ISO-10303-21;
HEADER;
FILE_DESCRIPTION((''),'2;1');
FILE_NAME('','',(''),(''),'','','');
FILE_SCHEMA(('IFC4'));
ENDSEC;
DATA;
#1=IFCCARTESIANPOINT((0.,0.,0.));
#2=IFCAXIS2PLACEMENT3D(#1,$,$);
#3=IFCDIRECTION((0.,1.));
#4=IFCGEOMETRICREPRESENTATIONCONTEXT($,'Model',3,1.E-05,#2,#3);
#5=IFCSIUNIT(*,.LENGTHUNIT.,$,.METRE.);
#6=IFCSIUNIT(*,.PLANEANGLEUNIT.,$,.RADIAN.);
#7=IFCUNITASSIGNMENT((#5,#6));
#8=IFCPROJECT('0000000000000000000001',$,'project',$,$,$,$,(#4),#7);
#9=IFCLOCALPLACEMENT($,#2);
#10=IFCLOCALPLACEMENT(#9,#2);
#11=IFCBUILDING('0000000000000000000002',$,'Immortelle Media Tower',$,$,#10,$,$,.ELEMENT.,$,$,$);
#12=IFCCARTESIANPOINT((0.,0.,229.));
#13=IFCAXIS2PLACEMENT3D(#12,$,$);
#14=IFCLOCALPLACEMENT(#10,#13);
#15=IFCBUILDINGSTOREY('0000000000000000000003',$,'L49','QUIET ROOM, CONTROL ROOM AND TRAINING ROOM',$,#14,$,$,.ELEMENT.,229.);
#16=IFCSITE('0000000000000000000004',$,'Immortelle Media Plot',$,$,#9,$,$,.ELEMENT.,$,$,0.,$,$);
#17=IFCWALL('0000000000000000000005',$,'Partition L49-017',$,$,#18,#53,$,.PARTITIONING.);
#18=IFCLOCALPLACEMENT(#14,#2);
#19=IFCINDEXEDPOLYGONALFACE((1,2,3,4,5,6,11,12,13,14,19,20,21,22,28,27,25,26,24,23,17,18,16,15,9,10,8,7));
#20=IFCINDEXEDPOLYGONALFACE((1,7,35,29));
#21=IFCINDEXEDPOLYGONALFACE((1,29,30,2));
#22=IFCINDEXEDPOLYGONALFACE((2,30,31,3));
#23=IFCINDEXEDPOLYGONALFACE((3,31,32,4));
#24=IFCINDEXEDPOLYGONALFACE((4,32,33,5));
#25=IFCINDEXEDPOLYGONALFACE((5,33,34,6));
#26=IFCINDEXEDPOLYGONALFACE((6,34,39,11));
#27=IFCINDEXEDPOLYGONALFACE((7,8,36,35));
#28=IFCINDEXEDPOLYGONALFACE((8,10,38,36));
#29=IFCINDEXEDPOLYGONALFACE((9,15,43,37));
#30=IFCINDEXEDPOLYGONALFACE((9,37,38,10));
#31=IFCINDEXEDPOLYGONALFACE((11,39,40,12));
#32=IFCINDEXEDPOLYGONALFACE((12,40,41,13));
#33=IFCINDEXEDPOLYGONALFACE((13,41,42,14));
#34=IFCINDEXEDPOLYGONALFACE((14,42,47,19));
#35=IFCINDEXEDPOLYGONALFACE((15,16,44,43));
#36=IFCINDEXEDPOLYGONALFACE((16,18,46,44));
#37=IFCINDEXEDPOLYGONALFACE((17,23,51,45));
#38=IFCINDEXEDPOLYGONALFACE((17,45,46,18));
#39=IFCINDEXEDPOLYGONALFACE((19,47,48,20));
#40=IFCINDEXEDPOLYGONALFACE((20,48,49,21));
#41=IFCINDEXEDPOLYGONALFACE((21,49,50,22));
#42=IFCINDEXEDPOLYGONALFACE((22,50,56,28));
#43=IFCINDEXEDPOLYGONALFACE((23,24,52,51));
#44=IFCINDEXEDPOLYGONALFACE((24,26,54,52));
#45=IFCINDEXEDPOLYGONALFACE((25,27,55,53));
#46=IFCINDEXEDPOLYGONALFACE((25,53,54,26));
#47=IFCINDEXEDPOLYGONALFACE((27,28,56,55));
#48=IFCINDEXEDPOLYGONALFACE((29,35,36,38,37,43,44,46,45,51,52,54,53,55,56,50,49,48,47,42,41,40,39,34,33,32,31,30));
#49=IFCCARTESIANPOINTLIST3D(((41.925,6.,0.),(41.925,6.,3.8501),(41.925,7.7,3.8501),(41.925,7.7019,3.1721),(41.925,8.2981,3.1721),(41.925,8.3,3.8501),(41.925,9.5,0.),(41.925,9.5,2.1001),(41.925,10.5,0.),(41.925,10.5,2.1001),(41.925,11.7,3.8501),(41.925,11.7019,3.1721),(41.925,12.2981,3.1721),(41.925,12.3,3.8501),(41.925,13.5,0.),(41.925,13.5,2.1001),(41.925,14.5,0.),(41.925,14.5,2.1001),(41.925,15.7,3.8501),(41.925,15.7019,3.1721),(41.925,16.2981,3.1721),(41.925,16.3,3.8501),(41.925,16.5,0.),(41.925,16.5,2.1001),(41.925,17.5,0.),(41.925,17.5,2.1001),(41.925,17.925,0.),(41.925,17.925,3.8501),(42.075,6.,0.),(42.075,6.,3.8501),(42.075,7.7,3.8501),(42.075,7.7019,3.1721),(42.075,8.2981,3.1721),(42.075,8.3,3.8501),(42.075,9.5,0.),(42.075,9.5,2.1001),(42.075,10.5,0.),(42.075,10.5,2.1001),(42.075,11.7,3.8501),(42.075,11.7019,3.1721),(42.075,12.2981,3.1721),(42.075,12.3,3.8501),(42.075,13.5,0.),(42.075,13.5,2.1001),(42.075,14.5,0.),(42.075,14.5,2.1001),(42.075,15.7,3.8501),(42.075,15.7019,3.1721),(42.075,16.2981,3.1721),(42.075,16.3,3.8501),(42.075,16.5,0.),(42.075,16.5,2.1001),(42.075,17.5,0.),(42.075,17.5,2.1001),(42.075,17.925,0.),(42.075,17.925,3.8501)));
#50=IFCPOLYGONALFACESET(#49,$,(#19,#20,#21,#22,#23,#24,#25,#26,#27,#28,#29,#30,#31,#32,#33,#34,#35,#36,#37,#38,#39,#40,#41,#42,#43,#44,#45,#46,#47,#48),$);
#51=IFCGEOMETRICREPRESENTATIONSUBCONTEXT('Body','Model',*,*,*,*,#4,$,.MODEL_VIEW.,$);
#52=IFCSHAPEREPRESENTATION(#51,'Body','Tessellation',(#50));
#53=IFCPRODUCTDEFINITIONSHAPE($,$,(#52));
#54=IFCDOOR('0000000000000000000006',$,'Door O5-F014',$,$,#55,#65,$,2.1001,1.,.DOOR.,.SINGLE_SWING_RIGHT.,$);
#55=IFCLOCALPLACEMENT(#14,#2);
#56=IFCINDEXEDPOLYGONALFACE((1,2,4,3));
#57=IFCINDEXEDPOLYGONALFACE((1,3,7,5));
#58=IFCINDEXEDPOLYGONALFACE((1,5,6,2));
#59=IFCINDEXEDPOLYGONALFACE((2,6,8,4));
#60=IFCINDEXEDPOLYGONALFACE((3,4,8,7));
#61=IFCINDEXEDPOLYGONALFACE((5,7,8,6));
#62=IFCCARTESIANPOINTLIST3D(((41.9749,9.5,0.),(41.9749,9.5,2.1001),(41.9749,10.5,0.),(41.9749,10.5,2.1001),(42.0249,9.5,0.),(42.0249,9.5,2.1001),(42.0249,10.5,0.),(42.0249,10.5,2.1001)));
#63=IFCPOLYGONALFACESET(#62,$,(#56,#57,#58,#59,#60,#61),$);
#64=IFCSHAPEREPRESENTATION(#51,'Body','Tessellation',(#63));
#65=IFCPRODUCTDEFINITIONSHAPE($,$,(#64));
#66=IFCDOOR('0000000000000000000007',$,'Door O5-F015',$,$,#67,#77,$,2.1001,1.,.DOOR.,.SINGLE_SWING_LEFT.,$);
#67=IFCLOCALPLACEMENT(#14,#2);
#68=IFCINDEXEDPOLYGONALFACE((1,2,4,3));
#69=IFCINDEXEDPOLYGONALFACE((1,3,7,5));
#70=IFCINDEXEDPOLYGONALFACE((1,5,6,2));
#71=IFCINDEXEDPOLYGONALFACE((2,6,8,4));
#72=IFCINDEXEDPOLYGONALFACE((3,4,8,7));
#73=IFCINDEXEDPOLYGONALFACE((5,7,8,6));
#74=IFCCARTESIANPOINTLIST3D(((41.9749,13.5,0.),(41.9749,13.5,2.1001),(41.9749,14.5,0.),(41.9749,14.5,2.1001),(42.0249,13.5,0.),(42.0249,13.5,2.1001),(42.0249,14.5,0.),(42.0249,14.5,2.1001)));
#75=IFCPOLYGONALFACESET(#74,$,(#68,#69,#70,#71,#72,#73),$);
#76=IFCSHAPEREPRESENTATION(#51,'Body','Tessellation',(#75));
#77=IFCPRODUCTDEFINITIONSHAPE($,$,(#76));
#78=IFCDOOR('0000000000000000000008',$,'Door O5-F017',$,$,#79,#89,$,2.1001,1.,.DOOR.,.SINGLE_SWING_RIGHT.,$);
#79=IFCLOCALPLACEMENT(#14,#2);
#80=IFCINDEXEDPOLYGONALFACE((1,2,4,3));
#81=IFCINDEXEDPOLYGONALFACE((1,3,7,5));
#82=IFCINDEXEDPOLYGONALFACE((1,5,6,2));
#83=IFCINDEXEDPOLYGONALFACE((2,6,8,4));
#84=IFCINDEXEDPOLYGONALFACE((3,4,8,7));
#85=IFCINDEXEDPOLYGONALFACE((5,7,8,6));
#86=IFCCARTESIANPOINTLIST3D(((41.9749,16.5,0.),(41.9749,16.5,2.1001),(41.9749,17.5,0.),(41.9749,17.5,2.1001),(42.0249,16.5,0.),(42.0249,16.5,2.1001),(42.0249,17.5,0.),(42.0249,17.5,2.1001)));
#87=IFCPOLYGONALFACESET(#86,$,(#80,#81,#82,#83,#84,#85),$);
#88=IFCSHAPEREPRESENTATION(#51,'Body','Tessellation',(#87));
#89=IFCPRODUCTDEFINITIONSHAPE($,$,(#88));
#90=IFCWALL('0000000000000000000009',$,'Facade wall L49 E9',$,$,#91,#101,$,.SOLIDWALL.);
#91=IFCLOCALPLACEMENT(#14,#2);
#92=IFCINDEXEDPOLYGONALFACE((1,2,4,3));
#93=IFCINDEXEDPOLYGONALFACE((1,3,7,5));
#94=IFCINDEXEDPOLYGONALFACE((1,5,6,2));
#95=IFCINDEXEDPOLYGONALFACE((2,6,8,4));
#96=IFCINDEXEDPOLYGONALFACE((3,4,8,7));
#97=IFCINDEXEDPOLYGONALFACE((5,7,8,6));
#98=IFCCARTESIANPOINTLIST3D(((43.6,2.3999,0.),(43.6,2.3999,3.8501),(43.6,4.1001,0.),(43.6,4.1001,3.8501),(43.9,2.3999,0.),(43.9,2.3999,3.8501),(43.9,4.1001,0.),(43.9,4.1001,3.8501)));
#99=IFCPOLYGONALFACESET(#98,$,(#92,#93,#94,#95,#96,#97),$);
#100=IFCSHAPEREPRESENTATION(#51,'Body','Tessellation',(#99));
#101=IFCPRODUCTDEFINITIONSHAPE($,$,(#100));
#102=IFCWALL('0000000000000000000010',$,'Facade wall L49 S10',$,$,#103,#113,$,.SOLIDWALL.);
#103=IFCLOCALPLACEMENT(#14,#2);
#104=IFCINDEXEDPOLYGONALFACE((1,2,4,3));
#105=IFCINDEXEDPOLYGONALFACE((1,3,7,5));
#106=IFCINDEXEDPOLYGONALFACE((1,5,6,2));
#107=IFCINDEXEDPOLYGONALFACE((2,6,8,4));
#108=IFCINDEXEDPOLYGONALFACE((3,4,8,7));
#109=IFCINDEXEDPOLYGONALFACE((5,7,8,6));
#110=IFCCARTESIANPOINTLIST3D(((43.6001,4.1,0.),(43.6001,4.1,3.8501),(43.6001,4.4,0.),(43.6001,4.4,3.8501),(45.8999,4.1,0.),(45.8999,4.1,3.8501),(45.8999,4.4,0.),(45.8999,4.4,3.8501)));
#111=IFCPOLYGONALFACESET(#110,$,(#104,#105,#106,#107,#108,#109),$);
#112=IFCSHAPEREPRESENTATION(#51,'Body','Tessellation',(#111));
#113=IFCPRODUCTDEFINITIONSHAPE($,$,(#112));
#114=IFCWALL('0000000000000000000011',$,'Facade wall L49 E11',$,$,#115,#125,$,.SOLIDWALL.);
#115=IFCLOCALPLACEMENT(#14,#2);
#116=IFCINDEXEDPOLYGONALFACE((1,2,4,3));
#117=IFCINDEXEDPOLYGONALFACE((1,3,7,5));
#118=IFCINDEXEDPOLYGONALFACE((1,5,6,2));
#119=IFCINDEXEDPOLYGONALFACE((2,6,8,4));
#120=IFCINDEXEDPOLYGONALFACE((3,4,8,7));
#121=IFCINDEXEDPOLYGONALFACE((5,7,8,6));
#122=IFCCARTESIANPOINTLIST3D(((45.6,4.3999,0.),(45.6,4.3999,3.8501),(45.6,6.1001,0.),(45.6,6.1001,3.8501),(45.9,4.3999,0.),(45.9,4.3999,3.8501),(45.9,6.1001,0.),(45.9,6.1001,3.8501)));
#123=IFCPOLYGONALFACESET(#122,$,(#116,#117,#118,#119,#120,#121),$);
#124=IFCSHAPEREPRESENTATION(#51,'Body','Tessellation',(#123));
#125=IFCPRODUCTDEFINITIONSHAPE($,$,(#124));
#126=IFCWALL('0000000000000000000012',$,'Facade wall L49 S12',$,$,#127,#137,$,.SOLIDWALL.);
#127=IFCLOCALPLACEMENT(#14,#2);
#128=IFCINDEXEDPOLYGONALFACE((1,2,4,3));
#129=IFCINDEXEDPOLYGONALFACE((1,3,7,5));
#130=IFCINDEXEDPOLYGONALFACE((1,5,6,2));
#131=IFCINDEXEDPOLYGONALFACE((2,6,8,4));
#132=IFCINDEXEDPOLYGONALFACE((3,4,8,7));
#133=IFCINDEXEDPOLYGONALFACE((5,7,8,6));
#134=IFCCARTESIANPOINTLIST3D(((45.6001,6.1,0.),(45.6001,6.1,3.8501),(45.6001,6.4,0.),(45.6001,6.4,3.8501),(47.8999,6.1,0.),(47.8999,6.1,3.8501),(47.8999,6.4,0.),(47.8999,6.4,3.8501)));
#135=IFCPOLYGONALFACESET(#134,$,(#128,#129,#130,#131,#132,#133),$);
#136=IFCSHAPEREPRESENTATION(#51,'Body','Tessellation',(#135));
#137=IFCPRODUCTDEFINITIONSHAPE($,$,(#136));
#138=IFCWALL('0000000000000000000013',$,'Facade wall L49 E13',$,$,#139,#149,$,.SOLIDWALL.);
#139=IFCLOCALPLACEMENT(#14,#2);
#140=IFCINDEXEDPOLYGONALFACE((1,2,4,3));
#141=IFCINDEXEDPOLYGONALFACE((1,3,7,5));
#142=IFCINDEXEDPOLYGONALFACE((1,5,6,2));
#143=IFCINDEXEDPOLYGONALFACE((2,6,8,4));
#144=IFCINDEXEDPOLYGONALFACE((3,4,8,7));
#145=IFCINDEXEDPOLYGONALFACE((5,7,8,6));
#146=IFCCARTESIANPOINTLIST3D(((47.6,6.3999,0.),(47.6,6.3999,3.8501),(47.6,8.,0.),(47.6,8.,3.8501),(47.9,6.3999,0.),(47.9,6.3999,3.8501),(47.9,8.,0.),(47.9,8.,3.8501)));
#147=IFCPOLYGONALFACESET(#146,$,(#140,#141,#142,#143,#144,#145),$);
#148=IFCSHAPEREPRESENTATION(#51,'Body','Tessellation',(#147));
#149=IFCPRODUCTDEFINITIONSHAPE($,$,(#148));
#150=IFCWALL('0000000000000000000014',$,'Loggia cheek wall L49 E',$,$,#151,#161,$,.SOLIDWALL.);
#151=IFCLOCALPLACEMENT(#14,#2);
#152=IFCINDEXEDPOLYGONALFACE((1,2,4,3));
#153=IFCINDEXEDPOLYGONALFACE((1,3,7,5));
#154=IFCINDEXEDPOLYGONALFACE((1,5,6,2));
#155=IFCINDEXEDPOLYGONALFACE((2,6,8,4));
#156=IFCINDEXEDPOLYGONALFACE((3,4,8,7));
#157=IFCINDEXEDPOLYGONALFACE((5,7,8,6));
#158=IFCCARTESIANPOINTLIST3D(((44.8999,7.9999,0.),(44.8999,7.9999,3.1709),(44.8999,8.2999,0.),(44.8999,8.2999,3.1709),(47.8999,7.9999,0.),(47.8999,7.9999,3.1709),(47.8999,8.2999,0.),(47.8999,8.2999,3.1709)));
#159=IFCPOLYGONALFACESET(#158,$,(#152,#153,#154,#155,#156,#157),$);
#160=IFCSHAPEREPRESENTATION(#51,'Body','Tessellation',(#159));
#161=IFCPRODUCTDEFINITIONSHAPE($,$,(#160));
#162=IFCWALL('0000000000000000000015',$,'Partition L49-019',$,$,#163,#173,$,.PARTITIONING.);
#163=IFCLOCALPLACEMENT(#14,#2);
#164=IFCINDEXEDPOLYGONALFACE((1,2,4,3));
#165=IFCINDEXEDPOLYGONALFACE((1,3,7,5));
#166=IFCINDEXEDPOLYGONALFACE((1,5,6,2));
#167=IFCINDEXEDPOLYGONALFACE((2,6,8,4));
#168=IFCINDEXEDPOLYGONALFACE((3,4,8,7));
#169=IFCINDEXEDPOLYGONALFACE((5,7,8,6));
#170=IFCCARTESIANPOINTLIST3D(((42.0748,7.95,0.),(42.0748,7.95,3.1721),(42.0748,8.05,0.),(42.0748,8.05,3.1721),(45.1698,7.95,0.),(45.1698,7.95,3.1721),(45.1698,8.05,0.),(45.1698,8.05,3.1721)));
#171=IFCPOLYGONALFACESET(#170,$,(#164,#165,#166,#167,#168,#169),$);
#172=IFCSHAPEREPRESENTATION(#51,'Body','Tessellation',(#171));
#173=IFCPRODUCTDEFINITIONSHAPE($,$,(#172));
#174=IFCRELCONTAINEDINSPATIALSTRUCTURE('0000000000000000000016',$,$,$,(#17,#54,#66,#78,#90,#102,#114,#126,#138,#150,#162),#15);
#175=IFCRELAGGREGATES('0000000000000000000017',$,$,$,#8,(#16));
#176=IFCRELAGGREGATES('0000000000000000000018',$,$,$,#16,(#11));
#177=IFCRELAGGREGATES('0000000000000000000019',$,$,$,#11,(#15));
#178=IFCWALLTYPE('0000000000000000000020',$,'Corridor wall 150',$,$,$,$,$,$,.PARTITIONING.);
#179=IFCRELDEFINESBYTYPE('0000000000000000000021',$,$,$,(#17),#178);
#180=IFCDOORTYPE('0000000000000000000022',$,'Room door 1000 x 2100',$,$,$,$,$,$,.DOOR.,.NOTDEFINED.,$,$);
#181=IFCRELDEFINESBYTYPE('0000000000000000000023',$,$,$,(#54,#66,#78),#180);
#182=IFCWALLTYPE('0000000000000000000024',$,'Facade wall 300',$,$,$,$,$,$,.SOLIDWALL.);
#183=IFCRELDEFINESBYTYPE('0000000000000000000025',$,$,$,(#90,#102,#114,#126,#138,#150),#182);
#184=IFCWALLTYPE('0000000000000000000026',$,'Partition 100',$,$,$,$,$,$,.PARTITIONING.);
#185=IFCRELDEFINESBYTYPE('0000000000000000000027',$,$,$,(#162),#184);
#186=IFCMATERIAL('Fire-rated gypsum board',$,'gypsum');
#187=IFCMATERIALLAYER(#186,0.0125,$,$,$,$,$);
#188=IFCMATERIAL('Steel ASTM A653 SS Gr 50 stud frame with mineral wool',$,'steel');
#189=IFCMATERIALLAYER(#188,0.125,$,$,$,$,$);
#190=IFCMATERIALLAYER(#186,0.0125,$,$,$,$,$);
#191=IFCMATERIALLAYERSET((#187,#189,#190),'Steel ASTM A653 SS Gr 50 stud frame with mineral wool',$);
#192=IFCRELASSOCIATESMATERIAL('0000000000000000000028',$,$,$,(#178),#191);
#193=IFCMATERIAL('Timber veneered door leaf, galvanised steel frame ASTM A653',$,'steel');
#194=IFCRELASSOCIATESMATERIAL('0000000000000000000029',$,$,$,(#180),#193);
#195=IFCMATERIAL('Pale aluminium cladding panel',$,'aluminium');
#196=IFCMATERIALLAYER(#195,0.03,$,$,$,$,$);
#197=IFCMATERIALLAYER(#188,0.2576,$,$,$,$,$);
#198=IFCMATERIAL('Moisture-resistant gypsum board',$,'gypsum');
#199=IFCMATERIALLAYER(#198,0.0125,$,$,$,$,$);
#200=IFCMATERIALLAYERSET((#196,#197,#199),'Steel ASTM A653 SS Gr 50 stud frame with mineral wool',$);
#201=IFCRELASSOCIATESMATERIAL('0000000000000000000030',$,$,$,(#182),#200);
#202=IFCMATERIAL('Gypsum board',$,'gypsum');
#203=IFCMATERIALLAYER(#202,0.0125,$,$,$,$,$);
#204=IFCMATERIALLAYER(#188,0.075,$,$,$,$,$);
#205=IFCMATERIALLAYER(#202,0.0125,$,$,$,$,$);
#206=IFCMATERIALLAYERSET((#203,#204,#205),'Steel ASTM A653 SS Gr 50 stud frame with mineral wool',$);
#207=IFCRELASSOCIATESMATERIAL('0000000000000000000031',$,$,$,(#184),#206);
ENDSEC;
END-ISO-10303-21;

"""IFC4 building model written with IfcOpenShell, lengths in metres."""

from ifc_helpers import new_model, si_unit, direction, frame, frame_2d, origin, place, context, subcontext, project, spatial, polyline, rectangle, outline, extrude, material, layer, layer_set, type_object, element, fill, save


model = new_model("IFC4")

# Units and contexts
model_context = context("Model", 3, precision=1e-05, world=origin(), true_north=direction((0.0, 1.0)))
body_context = subcontext(model_context, "Body", "Model", "MODEL_VIEW")
ifc_project = project(units=[si_unit("LENGTHUNIT", "METRE"), si_unit("PLANEANGLEUNIT", "RADIAN")], contexts=[model_context])

# Site, building, storey
site_placement = place(None, origin())
site = spatial("IfcSite", under=ifc_project, at=site_placement, Name="Immortelle Media Plot", CompositionType="ELEMENT", RefElevation=0.0)
building_placement = place(site_placement, origin())
building = spatial("IfcBuilding", under=site, at=building_placement, Name="Immortelle Media Tower", CompositionType="ELEMENT")
storey_placement = place(building_placement, frame((0.0, 0.0, 229.0)))
storey = spatial("IfcBuildingStorey", under=building, at=storey_placement, Name="L49", Description="QUIET ROOM, CONTROL ROOM AND TRAINING ROOM", CompositionType="ELEMENT", Elevation=229.0)

# Wall, openings, doors
ifc_material_1 = material(Name="Fire-rated gypsum board", Category="gypsum")
ifc_layer_1 = layer(ifc_material_1, 0.0125)
ifc_material_2 = material(Name="Steel ASTM A653 SS Gr 50 stud frame with mineral wool", Category="steel")
ifc_layer_2 = layer(ifc_material_2, 0.125)
ifc_layer_3 = layer(ifc_material_1, 0.0125)
ifc_layer_set_1 = layer_set([ifc_layer_1, ifc_layer_2, ifc_layer_3], Name="Steel ASTM A653 SS Gr 50 stud frame with mineral wool")
wall_type_1 = type_object("IfcWallType", Name="Corridor wall 150", PredefinedType="PARTITIONING", material=ifc_layer_set_1)
wall_1_placement = place(storey_placement, frame((42.0, 6.0, 0.0), z_axis=(0.0, 0.0, 1.0), x_axis=(0.0, 1.0, 0.0)))
wall_1 = element("IfcWall", 1, at=wall_1_placement, inside=storey, type_object=wall_type_1, Name="Partition L49-017", PredefinedType="PARTITIONING", context=body_context, shape_type="SweptSolid", body=[
    extrude(outline(polyline([(0.0, 0.0), (11.925, 0.0), (11.925, 3.8501), (10.3, 3.8501), (10.2981, 3.1721), (9.7019, 3.1721), (9.7, 3.8501), (6.3, 3.8501), (6.2981, 3.1721), (5.7019, 3.1721), (5.7, 3.8501), (2.3, 3.8501), (2.2981, 3.1721), (1.7019, 3.1721), (1.7, 3.8501), (0.0, 3.8501), (0.0, 0.0)])), frame((0.0, 0.075, 0.0), z_axis=(0.0, -1.0, 0.0), x_axis=(1.0, 0.0, 0.0)), (0.0, 0.0, 1.0), 0.1499),
])
opening_1_placement = place(wall_1_placement, frame((4.5, 0.0, 0.0), z_axis=(0.0, 0.0, 1.0), x_axis=(-1.0, 0.0, 0.0)))
opening_1 = element("IfcOpeningElement", 2, at=opening_1_placement, cuts=wall_1, PredefinedType="OPENING", context=body_context, shape_type="SweptSolid", body=[
    extrude(rectangle(XDim=1.0, YDim=2.1001, at=frame_2d((0.5, 1.05))), frame((0.0, 0.085, 0.0), z_axis=(0.0, -1.0, 0.0), x_axis=(1.0, 0.0, 0.0)), (0.0, 0.0, 1.0), 0.1699),
])
opening_2_placement = place(wall_1_placement, frame((8.5, 0.0, 0.0), z_axis=(0.0, 0.0, 1.0), x_axis=(-1.0, 0.0, 0.0)))
opening_2 = element("IfcOpeningElement", 3, at=opening_2_placement, cuts=wall_1, PredefinedType="OPENING", context=body_context, shape_type="SweptSolid", body=[
    extrude(rectangle(XDim=1.0, YDim=2.1001, at=frame_2d((0.5, 1.05))), frame((0.0, 0.085, 0.0), z_axis=(0.0, -1.0, 0.0), x_axis=(1.0, 0.0, 0.0)), (0.0, 0.0, 1.0), 0.1699),
])
opening_3_placement = place(wall_1_placement, frame((11.5, 0.0, 0.0), z_axis=(0.0, 0.0, 1.0), x_axis=(-1.0, 0.0, 0.0)))
opening_3 = element("IfcOpeningElement", 4, at=opening_3_placement, cuts=wall_1, PredefinedType="OPENING", context=body_context, shape_type="SweptSolid", body=[
    extrude(rectangle(XDim=1.0, YDim=2.1001, at=frame_2d((0.5, 1.05))), frame((0.0, 0.085, 0.0), z_axis=(0.0, -1.0, 0.0), x_axis=(1.0, 0.0, 0.0)), (0.0, 0.0, 1.0), 0.1699),
])
ifc_material_3 = material(Name="Timber veneered door leaf, galvanised steel frame ASTM A653", Category="steel")
door_type_1 = type_object("IfcDoorType", Name="Room door 1000 x 2100", OperationType="NOTDEFINED", PredefinedType="DOOR", material=ifc_material_3)
door_1_placement = place(opening_1_placement, origin())
door_1 = element("IfcDoor", 5, at=door_1_placement, inside=storey, type_object=door_type_1, Name="Door O5-F014", OperationType="SINGLE_SWING_RIGHT", OverallHeight=2.1001, OverallWidth=1.0, PredefinedType="DOOR", context=body_context, shape_type="SweptSolid", body=[
    extrude(rectangle(XDim=1.0, YDim=2.1001, at=frame_2d((0.5, 1.05))), frame((0.0, 0.0249, 0.0), z_axis=(0.0, -1.0, 0.0), x_axis=(1.0, 0.0, 0.0)), (0.0, 0.0, 1.0), 0.05),
])
fill(opening_1, door_1)
door_2_placement = place(opening_2_placement, origin())
door_2 = element("IfcDoor", 6, at=door_2_placement, inside=storey, type_object=door_type_1, Name="Door O5-F015", OperationType="SINGLE_SWING_LEFT", OverallHeight=2.1001, OverallWidth=1.0, PredefinedType="DOOR", context=body_context, shape_type="SweptSolid", body=[
    extrude(rectangle(XDim=1.0, YDim=2.1001, at=frame_2d((0.5, 1.05))), frame((0.0, 0.0249, 0.0), z_axis=(0.0, -1.0, 0.0), x_axis=(1.0, 0.0, 0.0)), (0.0, 0.0, 1.0), 0.05),
])
fill(opening_2, door_2)
door_3_placement = place(opening_3_placement, origin())
door_3 = element("IfcDoor", 7, at=door_3_placement, inside=storey, type_object=door_type_1, Name="Door O5-F017", OperationType="SINGLE_SWING_RIGHT", OverallHeight=2.1001, OverallWidth=1.0, PredefinedType="DOOR", context=body_context, shape_type="SweptSolid", body=[
    extrude(rectangle(XDim=1.0, YDim=2.1001, at=frame_2d((0.5, 1.05))), frame((0.0, 0.0249, 0.0), z_axis=(0.0, -1.0, 0.0), x_axis=(1.0, 0.0, 0.0)), (0.0, 0.0, 1.0), 0.05),
])
fill(opening_3, door_3)

# Walls
ifc_material_4 = material(Name="Pale aluminium cladding panel", Category="aluminium")
ifc_layer_4 = layer(ifc_material_4, 0.03)
ifc_layer_5 = layer(ifc_material_2, 0.2576)
ifc_material_5 = material(Name="Moisture-resistant gypsum board", Category="gypsum")
ifc_layer_6 = layer(ifc_material_5, 0.0125)
ifc_layer_set_2 = layer_set([ifc_layer_4, ifc_layer_5, ifc_layer_6], Name="Steel ASTM A653 SS Gr 50 stud frame with mineral wool")
wall_type_2 = type_object("IfcWallType", Name="Facade wall 300", PredefinedType="SOLIDWALL", material=ifc_layer_set_2)
wall_2_placement = place(storey_placement, frame((43.75, 2.3999, 0.0), z_axis=(0.0, 0.0, 1.0), x_axis=(0.0, 1.0, 0.0)))
element("IfcWall", 8, at=wall_2_placement, inside=storey, type_object=wall_type_2, Name="Facade wall L49 E9", PredefinedType="SOLIDWALL", context=body_context, shape_type="SweptSolid", body=[
    extrude(rectangle(XDim=1.7002, YDim=0.3, at=frame_2d((0.8501, 0.0))), origin(), (0.0, 0.0, 1.0), 3.8501),
])
wall_3_placement = place(storey_placement, frame((43.6001, 4.25, 0.0), z_axis=(0.0, 0.0, 1.0), x_axis=(1.0, 0.0, 0.0)))
element("IfcWall", 9, at=wall_3_placement, inside=storey, type_object=wall_type_2, Name="Facade wall L49 S10", PredefinedType="SOLIDWALL", context=body_context, shape_type="SweptSolid", body=[
    extrude(rectangle(XDim=2.2998, YDim=0.3, at=frame_2d((1.1499, 0.0))), origin(), (0.0, 0.0, 1.0), 3.8501),
])
wall_4_placement = place(storey_placement, frame((45.75, 4.3999, 0.0), z_axis=(0.0, 0.0, 1.0), x_axis=(0.0, 1.0, 0.0)))
element("IfcWall", 10, at=wall_4_placement, inside=storey, type_object=wall_type_2, Name="Facade wall L49 E11", PredefinedType="SOLIDWALL", context=body_context, shape_type="SweptSolid", body=[
    extrude(rectangle(XDim=1.7002, YDim=0.3, at=frame_2d((0.8501, 0.0))), origin(), (0.0, 0.0, 1.0), 3.8501),
])
wall_5_placement = place(storey_placement, frame((45.6001, 6.25, 0.0), z_axis=(0.0, 0.0, 1.0), x_axis=(1.0, 0.0, 0.0)))
element("IfcWall", 11, at=wall_5_placement, inside=storey, type_object=wall_type_2, Name="Facade wall L49 S12", PredefinedType="SOLIDWALL", context=body_context, shape_type="SweptSolid", body=[
    extrude(rectangle(XDim=2.2998, YDim=0.3, at=frame_2d((1.1499, 0.0))), origin(), (0.0, 0.0, 1.0), 3.8501),
])
wall_6_placement = place(storey_placement, frame((47.75, 6.3999, 0.0), z_axis=(0.0, 0.0, 1.0), x_axis=(0.0, 1.0, 0.0)))
element("IfcWall", 12, at=wall_6_placement, inside=storey, type_object=wall_type_2, Name="Facade wall L49 E13", PredefinedType="SOLIDWALL", context=body_context, shape_type="SweptSolid", body=[
    extrude(rectangle(XDim=1.6001, YDim=0.3, at=frame_2d((0.8, 0.0))), origin(), (0.0, 0.0, 1.0), 3.8501),
])

# Walls
wall_7_placement = place(storey_placement, frame((47.8999, 8.1499, 0.0), z_axis=(0.0, 0.0, 1.0), x_axis=(-1.0, 0.0, 0.0)))
element("IfcWall", 13, at=wall_7_placement, inside=storey, type_object=wall_type_2, Name="Loggia cheek wall L49 E", PredefinedType="SOLIDWALL", context=body_context, shape_type="SweptSolid", body=[
    extrude(rectangle(XDim=3.0, YDim=0.3, at=frame_2d((1.5, 0.0))), origin(), (0.0, 0.0, 1.0), 3.1709),
])
ifc_material_6 = material(Name="Gypsum board", Category="gypsum")
ifc_layer_7 = layer(ifc_material_6, 0.0125)
ifc_layer_8 = layer(ifc_material_2, 0.075)
ifc_layer_9 = layer(ifc_material_6, 0.0125)
ifc_layer_set_3 = layer_set([ifc_layer_7, ifc_layer_8, ifc_layer_9], Name="Steel ASTM A653 SS Gr 50 stud frame with mineral wool")
wall_type_3 = type_object("IfcWallType", Name="Partition 100", PredefinedType="PARTITIONING", material=ifc_layer_set_3)
wall_8_placement = place(storey_placement, frame((42.075, 8.0, 0.0), z_axis=(0.0, 0.0, 1.0), x_axis=(1.0, 0.0, 0.0)))
element("IfcWall", 14, at=wall_8_placement, inside=storey, type_object=wall_type_3, Name="Partition L49-019", PredefinedType="PARTITIONING", context=body_context, shape_type="SweptSolid", body=[
    extrude(rectangle(XDim=3.095, YDim=0.1001, at=frame_2d((1.5474, 0.0))), origin(), (0.0, 0.0, 1.0), 3.1721),
])

save(model, "model.ifc")
